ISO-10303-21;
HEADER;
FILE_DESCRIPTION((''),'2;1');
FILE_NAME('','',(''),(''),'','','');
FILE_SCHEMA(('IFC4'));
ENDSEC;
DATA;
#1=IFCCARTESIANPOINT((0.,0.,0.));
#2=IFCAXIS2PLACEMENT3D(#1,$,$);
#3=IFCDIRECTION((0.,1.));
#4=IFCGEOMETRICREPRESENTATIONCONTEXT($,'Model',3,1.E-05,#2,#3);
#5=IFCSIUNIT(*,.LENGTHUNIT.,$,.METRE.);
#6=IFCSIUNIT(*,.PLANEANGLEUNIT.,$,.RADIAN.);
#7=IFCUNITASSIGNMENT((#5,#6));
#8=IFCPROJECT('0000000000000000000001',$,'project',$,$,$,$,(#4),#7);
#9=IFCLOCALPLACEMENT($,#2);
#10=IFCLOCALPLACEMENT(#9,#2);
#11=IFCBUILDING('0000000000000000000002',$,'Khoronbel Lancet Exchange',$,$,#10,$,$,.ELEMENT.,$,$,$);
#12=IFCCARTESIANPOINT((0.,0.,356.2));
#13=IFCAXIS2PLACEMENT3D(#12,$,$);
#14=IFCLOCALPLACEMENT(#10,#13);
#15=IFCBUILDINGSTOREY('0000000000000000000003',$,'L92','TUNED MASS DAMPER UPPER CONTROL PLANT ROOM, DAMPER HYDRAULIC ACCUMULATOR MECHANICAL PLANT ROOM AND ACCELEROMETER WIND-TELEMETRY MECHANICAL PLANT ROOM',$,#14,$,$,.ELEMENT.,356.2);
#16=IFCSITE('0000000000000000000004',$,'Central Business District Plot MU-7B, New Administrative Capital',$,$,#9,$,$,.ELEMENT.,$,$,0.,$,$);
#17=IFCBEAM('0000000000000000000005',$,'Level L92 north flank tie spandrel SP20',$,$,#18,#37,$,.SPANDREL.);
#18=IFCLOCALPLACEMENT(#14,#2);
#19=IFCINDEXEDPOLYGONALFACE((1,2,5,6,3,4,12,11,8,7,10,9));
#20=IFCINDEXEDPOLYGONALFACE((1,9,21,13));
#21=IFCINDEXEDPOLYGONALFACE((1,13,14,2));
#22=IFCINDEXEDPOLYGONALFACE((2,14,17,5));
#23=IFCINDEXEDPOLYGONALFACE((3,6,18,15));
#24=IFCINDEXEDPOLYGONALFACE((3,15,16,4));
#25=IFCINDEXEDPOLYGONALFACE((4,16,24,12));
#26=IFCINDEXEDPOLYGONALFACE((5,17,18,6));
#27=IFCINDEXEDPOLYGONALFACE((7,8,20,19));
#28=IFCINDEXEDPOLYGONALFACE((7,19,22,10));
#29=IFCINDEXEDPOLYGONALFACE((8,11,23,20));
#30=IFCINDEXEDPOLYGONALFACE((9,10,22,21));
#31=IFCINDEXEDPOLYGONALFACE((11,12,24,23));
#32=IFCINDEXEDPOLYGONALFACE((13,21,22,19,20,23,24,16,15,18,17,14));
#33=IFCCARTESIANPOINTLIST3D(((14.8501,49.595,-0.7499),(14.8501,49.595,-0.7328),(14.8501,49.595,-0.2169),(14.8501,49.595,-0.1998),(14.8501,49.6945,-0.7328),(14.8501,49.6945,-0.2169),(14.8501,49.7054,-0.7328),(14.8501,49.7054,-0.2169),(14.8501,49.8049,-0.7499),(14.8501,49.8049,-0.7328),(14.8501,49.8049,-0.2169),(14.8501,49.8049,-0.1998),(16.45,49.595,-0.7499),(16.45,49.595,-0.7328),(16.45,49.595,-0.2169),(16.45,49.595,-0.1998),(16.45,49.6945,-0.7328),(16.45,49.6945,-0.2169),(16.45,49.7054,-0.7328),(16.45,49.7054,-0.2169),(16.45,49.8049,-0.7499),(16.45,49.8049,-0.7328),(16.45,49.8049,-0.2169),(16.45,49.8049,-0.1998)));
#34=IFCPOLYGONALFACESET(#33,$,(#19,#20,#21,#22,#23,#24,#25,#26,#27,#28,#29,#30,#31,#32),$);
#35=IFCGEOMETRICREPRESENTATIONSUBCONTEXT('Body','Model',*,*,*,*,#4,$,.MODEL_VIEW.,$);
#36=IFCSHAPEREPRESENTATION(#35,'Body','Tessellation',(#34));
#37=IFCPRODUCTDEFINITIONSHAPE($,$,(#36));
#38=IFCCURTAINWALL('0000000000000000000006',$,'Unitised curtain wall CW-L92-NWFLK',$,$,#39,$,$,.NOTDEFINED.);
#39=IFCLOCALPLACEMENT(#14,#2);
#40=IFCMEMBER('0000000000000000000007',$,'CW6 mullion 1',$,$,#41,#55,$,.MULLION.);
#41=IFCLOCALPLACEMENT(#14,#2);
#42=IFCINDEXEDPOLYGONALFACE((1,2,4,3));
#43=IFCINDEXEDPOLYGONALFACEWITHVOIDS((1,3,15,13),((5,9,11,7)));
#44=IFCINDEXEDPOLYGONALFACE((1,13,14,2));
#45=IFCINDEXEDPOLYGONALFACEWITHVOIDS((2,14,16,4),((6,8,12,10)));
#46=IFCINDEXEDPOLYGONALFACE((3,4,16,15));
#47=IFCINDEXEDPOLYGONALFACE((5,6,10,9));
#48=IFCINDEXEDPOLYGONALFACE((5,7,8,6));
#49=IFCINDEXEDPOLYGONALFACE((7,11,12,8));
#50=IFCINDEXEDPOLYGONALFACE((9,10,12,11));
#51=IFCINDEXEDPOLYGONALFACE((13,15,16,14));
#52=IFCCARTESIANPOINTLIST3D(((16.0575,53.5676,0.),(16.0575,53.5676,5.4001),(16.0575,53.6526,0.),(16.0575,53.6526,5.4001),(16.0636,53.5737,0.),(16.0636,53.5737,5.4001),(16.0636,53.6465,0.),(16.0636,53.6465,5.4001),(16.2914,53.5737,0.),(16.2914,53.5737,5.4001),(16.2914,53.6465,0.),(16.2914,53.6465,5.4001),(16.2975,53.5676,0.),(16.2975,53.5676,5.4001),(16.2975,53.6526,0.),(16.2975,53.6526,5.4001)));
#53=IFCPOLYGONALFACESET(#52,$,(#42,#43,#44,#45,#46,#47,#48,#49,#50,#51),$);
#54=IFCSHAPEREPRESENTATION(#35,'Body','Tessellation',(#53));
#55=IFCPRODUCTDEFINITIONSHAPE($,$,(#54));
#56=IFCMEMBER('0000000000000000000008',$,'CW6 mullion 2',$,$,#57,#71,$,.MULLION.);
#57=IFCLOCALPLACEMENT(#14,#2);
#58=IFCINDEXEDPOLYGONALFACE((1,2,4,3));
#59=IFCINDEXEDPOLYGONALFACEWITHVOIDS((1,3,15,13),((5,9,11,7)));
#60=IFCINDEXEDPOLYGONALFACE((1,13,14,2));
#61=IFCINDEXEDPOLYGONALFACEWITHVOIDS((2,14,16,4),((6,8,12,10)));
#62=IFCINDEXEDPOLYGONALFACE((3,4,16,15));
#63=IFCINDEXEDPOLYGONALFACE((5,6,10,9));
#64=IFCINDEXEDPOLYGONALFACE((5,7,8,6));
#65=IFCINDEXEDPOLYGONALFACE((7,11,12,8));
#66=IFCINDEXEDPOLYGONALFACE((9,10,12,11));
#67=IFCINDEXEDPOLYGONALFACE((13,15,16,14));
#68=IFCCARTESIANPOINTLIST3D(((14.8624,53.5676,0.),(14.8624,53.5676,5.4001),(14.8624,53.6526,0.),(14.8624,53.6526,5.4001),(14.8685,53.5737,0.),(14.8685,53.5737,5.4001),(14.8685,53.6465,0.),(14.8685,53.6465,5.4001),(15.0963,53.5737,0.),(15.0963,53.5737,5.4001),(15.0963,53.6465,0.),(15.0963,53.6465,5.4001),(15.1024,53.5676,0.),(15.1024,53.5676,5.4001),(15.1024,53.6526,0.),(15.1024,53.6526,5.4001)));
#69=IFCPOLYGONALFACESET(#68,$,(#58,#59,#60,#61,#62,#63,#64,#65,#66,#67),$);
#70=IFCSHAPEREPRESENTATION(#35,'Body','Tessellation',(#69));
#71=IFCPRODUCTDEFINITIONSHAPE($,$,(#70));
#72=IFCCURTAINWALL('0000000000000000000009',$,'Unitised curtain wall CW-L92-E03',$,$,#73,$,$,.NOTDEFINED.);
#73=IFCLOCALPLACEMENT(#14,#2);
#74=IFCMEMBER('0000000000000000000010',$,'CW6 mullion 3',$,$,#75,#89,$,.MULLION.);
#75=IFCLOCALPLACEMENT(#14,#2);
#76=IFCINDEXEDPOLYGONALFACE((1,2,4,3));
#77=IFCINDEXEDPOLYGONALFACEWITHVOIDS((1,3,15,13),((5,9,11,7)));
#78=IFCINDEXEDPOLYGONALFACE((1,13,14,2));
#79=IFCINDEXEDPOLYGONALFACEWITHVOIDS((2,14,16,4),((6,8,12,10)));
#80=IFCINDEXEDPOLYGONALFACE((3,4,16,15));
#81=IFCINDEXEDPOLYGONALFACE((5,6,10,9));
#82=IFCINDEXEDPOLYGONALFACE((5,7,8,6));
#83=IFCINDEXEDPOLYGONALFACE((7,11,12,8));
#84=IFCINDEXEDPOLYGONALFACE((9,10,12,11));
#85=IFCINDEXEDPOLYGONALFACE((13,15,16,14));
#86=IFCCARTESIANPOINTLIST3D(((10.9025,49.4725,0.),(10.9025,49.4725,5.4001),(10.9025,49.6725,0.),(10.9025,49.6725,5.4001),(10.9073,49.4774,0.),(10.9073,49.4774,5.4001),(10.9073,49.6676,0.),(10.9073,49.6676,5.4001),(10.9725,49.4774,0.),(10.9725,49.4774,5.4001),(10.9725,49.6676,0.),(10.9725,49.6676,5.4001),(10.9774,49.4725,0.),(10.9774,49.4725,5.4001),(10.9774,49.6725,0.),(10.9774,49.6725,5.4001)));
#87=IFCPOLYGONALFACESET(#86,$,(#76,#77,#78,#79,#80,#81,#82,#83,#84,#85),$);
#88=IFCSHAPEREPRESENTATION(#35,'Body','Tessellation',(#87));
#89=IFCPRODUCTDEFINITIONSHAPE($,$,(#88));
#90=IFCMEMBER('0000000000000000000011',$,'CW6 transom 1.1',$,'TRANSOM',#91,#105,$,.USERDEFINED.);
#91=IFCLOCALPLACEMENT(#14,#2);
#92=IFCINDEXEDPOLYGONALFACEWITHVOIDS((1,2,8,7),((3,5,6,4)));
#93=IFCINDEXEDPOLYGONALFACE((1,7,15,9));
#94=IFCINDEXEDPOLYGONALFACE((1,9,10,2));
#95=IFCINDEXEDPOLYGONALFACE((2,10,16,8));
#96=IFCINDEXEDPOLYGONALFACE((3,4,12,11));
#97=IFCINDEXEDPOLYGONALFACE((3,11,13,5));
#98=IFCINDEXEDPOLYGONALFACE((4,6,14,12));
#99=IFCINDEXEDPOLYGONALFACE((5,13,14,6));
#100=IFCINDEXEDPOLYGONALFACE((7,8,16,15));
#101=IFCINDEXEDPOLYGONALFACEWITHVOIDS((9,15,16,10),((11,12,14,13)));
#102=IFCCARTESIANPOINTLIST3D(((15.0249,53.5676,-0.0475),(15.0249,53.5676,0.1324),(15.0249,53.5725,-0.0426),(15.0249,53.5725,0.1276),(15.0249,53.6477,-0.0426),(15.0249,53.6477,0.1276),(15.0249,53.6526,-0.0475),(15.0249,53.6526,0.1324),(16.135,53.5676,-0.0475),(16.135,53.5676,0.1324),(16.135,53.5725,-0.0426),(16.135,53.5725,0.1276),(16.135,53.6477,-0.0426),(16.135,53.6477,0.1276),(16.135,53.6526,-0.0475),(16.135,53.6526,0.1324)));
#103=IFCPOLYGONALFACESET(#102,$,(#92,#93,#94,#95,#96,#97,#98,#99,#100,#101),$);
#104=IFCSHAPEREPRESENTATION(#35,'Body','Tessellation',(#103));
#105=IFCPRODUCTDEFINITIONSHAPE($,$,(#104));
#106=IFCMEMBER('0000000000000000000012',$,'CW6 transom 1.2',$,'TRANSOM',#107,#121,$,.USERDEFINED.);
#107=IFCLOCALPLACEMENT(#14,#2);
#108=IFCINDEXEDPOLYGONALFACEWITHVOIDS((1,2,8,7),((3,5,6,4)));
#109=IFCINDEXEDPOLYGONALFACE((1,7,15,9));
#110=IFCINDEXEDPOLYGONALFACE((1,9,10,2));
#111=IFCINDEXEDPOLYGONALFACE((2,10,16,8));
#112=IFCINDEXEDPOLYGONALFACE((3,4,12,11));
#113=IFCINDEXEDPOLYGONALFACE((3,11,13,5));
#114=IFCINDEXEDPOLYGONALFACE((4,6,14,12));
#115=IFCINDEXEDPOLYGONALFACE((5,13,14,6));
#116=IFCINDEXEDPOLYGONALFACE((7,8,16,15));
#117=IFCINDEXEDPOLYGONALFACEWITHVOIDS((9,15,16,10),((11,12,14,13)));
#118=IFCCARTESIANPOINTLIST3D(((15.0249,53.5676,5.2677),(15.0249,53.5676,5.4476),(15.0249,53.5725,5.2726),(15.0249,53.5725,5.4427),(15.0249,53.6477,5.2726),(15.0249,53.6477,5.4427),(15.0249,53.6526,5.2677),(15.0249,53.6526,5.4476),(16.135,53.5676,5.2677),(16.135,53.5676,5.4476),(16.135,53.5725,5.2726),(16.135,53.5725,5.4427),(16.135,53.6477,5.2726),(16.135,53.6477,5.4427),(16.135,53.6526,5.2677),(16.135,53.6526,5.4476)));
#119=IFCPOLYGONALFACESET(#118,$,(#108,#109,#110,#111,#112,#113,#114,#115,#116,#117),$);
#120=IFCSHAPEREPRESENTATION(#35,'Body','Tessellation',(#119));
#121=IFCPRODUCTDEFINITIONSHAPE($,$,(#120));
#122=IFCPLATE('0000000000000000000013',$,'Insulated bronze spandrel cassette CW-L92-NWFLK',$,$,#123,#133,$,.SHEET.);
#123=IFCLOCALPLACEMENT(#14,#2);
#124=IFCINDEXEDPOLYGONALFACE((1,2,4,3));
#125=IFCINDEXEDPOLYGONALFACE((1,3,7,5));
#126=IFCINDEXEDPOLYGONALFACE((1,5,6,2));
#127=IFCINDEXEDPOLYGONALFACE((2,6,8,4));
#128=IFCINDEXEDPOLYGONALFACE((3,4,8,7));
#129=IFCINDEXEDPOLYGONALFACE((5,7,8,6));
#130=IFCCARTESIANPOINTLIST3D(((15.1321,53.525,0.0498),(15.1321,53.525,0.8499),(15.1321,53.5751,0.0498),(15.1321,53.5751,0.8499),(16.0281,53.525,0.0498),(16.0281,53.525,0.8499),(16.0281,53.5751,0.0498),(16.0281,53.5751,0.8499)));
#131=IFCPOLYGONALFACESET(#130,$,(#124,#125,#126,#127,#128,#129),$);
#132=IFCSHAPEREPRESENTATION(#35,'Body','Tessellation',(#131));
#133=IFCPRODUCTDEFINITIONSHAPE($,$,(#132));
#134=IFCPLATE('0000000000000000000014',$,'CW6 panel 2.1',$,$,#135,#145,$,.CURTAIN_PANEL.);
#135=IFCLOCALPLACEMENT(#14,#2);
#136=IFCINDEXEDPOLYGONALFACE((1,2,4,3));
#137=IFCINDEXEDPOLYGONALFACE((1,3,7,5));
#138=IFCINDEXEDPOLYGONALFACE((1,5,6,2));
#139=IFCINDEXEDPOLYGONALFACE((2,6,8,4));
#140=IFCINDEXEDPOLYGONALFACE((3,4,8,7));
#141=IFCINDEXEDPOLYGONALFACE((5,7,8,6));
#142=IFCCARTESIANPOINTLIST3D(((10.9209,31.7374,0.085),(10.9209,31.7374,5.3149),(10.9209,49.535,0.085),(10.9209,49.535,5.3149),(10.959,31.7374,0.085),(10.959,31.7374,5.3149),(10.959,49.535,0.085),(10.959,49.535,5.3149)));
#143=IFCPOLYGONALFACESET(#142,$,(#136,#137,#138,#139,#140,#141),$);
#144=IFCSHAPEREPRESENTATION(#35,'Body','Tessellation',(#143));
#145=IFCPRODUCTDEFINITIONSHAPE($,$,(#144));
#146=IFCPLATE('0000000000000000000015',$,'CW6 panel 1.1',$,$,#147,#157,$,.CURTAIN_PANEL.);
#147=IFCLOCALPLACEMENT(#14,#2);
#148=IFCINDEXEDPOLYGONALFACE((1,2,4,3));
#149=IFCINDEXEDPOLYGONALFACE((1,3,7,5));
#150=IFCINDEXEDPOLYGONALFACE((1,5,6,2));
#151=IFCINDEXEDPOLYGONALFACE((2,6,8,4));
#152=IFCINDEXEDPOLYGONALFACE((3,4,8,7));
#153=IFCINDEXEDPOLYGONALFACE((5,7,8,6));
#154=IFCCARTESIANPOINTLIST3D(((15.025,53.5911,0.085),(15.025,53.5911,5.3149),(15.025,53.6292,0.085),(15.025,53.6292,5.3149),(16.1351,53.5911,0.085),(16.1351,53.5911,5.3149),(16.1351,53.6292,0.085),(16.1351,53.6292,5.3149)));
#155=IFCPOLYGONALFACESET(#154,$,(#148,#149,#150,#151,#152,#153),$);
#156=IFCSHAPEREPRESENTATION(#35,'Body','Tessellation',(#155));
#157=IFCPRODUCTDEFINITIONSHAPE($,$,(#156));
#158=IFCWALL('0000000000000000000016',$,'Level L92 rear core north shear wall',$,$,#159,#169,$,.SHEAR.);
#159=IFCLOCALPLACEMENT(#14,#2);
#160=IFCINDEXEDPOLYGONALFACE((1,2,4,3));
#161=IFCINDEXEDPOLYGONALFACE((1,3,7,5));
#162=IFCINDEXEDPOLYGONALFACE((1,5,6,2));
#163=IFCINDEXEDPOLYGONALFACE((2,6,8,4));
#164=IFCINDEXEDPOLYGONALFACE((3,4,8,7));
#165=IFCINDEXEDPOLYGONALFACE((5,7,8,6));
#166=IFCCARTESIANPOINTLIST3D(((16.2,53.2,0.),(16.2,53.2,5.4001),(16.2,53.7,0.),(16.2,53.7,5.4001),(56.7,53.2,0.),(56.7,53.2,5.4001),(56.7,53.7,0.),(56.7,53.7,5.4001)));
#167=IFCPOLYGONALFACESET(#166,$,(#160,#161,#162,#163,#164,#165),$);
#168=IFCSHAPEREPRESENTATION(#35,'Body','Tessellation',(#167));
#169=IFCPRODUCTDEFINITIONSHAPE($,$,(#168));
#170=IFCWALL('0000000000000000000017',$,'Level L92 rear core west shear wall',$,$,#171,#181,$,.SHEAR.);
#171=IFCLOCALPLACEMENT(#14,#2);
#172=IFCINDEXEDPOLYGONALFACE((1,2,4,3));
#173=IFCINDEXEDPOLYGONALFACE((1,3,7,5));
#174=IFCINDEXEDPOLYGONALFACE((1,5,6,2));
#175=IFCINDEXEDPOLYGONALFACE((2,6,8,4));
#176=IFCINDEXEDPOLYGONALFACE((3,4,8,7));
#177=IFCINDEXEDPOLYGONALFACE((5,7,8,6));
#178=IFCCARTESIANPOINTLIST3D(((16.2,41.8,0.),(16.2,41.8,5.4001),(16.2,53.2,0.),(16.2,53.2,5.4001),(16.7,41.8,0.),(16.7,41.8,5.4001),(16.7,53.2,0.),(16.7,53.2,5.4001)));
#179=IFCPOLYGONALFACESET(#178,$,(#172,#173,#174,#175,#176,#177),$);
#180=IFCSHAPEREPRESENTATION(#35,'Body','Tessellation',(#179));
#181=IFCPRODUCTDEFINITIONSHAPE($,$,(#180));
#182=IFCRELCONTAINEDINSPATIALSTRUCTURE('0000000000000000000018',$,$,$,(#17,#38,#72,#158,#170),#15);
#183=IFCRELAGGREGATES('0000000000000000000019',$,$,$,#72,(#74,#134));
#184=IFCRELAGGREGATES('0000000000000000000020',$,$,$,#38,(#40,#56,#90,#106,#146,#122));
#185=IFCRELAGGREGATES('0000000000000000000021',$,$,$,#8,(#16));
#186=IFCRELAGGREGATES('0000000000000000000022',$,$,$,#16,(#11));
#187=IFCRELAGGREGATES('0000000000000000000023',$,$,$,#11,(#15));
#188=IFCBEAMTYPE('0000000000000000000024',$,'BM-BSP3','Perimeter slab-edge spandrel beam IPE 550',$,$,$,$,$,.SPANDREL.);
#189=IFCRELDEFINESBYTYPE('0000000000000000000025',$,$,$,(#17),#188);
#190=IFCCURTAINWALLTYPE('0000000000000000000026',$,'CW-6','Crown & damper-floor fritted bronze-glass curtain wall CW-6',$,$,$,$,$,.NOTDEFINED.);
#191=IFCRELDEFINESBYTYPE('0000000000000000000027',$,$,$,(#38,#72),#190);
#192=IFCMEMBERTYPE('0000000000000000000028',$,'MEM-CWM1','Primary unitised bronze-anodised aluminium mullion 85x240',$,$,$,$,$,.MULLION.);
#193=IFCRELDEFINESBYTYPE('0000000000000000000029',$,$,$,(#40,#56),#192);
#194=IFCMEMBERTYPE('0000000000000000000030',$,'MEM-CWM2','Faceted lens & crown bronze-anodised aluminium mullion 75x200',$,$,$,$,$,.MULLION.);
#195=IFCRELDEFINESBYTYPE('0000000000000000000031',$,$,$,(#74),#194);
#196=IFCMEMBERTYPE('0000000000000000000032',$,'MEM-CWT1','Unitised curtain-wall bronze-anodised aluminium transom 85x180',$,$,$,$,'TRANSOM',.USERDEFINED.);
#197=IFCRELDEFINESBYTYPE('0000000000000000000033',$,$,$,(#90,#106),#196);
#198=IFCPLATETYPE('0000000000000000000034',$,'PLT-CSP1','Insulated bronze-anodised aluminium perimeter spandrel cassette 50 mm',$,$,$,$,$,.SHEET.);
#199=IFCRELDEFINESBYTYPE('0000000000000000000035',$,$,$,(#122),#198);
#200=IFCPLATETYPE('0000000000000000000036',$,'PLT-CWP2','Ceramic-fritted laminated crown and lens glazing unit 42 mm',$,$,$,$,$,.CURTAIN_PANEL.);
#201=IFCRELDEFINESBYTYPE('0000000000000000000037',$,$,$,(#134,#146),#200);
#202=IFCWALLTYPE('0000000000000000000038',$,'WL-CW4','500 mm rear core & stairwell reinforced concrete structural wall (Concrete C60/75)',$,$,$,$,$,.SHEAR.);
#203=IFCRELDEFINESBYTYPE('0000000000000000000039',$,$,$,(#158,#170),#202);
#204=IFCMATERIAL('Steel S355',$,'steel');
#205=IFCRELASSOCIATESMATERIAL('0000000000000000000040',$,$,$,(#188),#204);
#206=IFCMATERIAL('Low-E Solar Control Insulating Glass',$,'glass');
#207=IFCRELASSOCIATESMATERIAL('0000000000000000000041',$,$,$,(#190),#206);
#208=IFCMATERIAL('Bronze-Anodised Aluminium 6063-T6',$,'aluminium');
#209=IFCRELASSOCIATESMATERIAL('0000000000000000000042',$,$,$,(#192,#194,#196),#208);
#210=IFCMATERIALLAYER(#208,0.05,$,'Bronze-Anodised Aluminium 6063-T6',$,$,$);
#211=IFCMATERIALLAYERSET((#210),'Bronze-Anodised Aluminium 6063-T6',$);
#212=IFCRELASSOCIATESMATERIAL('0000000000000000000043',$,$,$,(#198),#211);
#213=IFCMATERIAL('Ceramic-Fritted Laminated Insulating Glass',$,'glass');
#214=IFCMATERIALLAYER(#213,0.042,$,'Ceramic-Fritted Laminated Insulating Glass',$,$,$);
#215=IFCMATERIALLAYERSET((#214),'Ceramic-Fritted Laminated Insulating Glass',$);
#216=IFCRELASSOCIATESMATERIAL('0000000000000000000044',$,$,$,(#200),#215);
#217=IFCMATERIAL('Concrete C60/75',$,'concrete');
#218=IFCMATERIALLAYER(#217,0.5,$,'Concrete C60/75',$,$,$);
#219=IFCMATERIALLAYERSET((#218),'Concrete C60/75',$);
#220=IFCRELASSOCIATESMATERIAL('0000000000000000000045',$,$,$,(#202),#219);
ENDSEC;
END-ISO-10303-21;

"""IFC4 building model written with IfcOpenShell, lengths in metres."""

from ifc_helpers import new_model, si_unit, direction, frame, frame_2d, origin, origin_2d, place, context, subcontext, project, spatial, rectangle, hollow_rectangle, i_section, extrude, material, layer, layer_set, material_profile, profile_set, type_object, element, aggregate, save


model = new_model("IFC4")

# Units and contexts
model_context = context("Model", 3, precision=1e-05, world=origin(), true_north=direction((0.0, 1.0)))
body_context = subcontext(model_context, "Body", "Model", "MODEL_VIEW")
ifc_project = project(units=[si_unit("LENGTHUNIT", "METRE"), si_unit("PLANEANGLEUNIT", "RADIAN")], contexts=[model_context])

# Site, building, storey
site_placement = place(None, origin())
site = spatial("IfcSite", under=ifc_project, at=site_placement, Name="Central Business District Plot MU-7B, New Administrative Capital", CompositionType="ELEMENT", RefElevation=0.0)
building_placement = place(site_placement, origin())
building = spatial("IfcBuilding", under=site, at=building_placement, Name="Khoronbel Lancet Exchange", CompositionType="ELEMENT")
storey_placement = place(building_placement, frame((0.0, 0.0, 356.2)))
storey = spatial("IfcBuildingStorey", under=building, at=storey_placement, Name="L92", Description="TUNED MASS DAMPER UPPER CONTROL PLANT ROOM, DAMPER HYDRAULIC ACCUMULATOR MECHANICAL PLANT ROOM AND ACCELEROMETER WIND-TELEMETRY MECHANICAL PLANT ROOM", CompositionType="ELEMENT", Elevation=356.2)

# Shared definitions
ifc_material_1 = material(Name="Steel S355", Category="steel")

# Beam
ifc_material_profile_1 = material_profile(ifc_material_1, i_section(OverallWidth=0.21, OverallDepth=0.55, WebThickness=0.011, FlangeThickness=0.0171, at=origin_2d()), Name="IPE 550")
ifc_profile_set_1 = profile_set([ifc_material_profile_1], Name="Steel S355")
beam_type_1 = type_object("IfcBeamType", Name="BM-BSP3", Description="Perimeter slab-edge spandrel beam IPE 550", PredefinedType="SPANDREL", material=ifc_profile_set_1)
beam_1_placement = place(storey_placement, frame((14.8501, 49.7, -0.4749), z_axis=(1.0, 0.0, 0.0), x_axis=(0.0, 1.0, 0.0)))
element("IfcBeam", 1, at=beam_1_placement, inside=storey, type_object=beam_type_1, Name="Level L92 north flank tie spandrel SP20", PredefinedType="SPANDREL", context=body_context, shape_type="SweptSolid", body=[
    extrude(i_section(OverallWidth=0.21, OverallDepth=0.55, WebThickness=0.011, FlangeThickness=0.0171, at=origin_2d()), origin(), (0.0, 0.0, 1.0), 1.5999),
])

# Curtain wall, members
ifc_material_2 = material(Name="Low-E Solar Control Insulating Glass", Category="glass")
curtain_wall_type = type_object("IfcCurtainWallType", Name="CW-6", Description="Crown & damper-floor fritted bronze-glass curtain wall CW-6", PredefinedType="NOTDEFINED", material=ifc_material_2)
curtain_wall_1_placement = place(storey_placement, origin())
curtain_wall_1 = element("IfcCurtainWall", 2, at=curtain_wall_1_placement, inside=storey, type_object=curtain_wall_type, Name="Unitised curtain wall CW-L92-NWFLK", PredefinedType="NOTDEFINED")
ifc_material_3 = material(Name="Bronze-Anodised Aluminium 6063-T6", Category="aluminium")
ifc_material_profile_2 = material_profile(ifc_material_3, hollow_rectangle(XDim=0.085, YDim=0.24, WallThickness=0.0061, at=origin_2d()), Name="ALU MULLION 85x240")
ifc_profile_set_2 = profile_set([ifc_material_profile_2], Name="Bronze-Anodised Aluminium 6063-T6")
member_type_1 = type_object("IfcMemberType", Name="MEM-CWM1", Description="Primary unitised bronze-anodised aluminium mullion 85x240", PredefinedType="MULLION", material=ifc_profile_set_2)
member_1_placement = place(storey_placement, frame((16.1775, 53.6101, 0.0), z_axis=(0.0, 0.0, 1.0), x_axis=(0.0, -1.0, 0.0)))
member_1 = element("IfcMember", 3, at=member_1_placement, type_object=member_type_1, Name="CW6 mullion 1", PredefinedType="MULLION", context=body_context, shape_type="SweptSolid", body=[
    extrude(hollow_rectangle(XDim=0.085, YDim=0.24, WallThickness=0.0061, at=origin_2d()), origin(), (0.0, 0.0, 1.0), 5.4001),
])
member_2_placement = place(storey_placement, frame((14.9824, 53.6101, 0.0), z_axis=(0.0, 0.0, 1.0), x_axis=(0.0, -1.0, 0.0)))
member_2 = element("IfcMember", 4, at=member_2_placement, type_object=member_type_1, Name="CW6 mullion 2", PredefinedType="MULLION", context=body_context, shape_type="SweptSolid", body=[
    extrude(hollow_rectangle(XDim=0.085, YDim=0.24, WallThickness=0.0061, at=origin_2d()), origin(), (0.0, 0.0, 1.0), 5.4001),
])

# Curtain wall, member
curtain_wall_2_placement = place(storey_placement, origin())
curtain_wall_2 = element("IfcCurtainWall", 5, at=curtain_wall_2_placement, inside=storey, type_object=curtain_wall_type, Name="Unitised curtain wall CW-L92-E03", PredefinedType="NOTDEFINED")
ifc_material_profile_3 = material_profile(ifc_material_3, hollow_rectangle(XDim=0.075, YDim=0.2, WallThickness=0.0049, at=origin_2d()), Name="ALU MULLION 75x200")
ifc_profile_set_3 = profile_set([ifc_material_profile_3], Name="Bronze-Anodised Aluminium 6063-T6")
member_type_2 = type_object("IfcMemberType", Name="MEM-CWM2", Description="Faceted lens & crown bronze-anodised aluminium mullion 75x200", PredefinedType="MULLION", material=ifc_profile_set_3)
member_3_placement = place(storey_placement, frame((10.9399, 49.5725, 0.0), z_axis=(0.0, 0.0, 1.0), x_axis=(-1.0, 0.0, 0.0)))
member_3 = element("IfcMember", 6, at=member_3_placement, type_object=member_type_2, Name="CW6 mullion 3", PredefinedType="MULLION", context=body_context, shape_type="SweptSolid", body=[
    extrude(hollow_rectangle(XDim=0.075, YDim=0.2, WallThickness=0.0049, at=origin_2d()), origin(), (0.0, 0.0, 1.0), 5.4001),
])

# Members
ifc_material_profile_4 = material_profile(ifc_material_3, hollow_rectangle(XDim=0.085, YDim=0.1799, WallThickness=0.0049, at=origin_2d()), Name="ALU TRANSOM 85x180")
ifc_profile_set_4 = profile_set([ifc_material_profile_4], Name="Bronze-Anodised Aluminium 6063-T6")
member_type_3 = type_object("IfcMemberType", Name="MEM-CWT1", Description="Unitised curtain-wall bronze-anodised aluminium transom 85x180", ElementType="TRANSOM", PredefinedType="USERDEFINED", material=ifc_profile_set_4)
member_4_placement = place(storey_placement, frame((16.135, 53.6101, 0.0425), z_axis=(-1.0, 0.0, 0.0), x_axis=(0.0, -1.0, 0.0)))
member_4 = element("IfcMember", 7, at=member_4_placement, type_object=member_type_3, Name="CW6 transom 1.1", ObjectType="TRANSOM", PredefinedType="USERDEFINED", context=body_context, shape_type="SweptSolid", body=[
    extrude(hollow_rectangle(XDim=0.085, YDim=0.1799, WallThickness=0.0049, at=origin_2d()), origin(), (0.0, 0.0, 1.0), 1.1101),
])
member_5_placement = place(storey_placement, frame((16.135, 53.6101, 5.3577), z_axis=(-1.0, 0.0, 0.0), x_axis=(0.0, -1.0, 0.0)))
member_5 = element("IfcMember", 8, at=member_5_placement, type_object=member_type_3, Name="CW6 transom 1.2", ObjectType="TRANSOM", PredefinedType="USERDEFINED", context=body_context, shape_type="SweptSolid", body=[
    extrude(hollow_rectangle(XDim=0.085, YDim=0.1799, WallThickness=0.0049, at=origin_2d()), origin(), (0.0, 0.0, 1.0), 1.1101),
])

# Plates
ifc_layer_1 = layer(ifc_material_3, 0.05, Name="Bronze-Anodised Aluminium 6063-T6")
ifc_layer_set_1 = layer_set([ifc_layer_1], Name="Bronze-Anodised Aluminium 6063-T6")
plate_type_1 = type_object("IfcPlateType", Name="PLT-CSP1", Description="Insulated bronze-anodised aluminium perimeter spandrel cassette 50 mm", PredefinedType="SHEET", material=ifc_layer_set_1)
plate_1_placement = place(storey_placement, frame((15.5801, 53.55, 0.0498), z_axis=(0.0, 0.0, 1.0), x_axis=(-1.0, 0.0, 0.0)))
plate_1 = element("IfcPlate", 9, at=plate_1_placement, type_object=plate_type_1, Name="Insulated bronze spandrel cassette CW-L92-NWFLK", PredefinedType="SHEET", context=body_context, shape_type="SweptSolid", body=[
    extrude(rectangle(XDim=0.896, YDim=0.05, at=origin_2d()), origin(), (0.0, 0.0, 1.0), 0.8),
])
ifc_material_4 = material(Name="Ceramic-Fritted Laminated Insulating Glass", Category="glass")
ifc_layer_2 = layer(ifc_material_4, 0.042, Name="Ceramic-Fritted Laminated Insulating Glass")
ifc_layer_set_2 = layer_set([ifc_layer_2], Name="Ceramic-Fritted Laminated Insulating Glass")
plate_type_2 = type_object("IfcPlateType", Name="PLT-CWP2", Description="Ceramic-fritted laminated crown and lens glazing unit 42 mm", PredefinedType="CURTAIN_PANEL", material=ifc_layer_set_2)
plate_2_placement = place(storey_placement, frame((10.9399, 40.6362, 0.085), z_axis=(0.0, 0.0, 1.0), x_axis=(0.0, 1.0, 0.0)))
plate_2 = element("IfcPlate", 10, at=plate_2_placement, type_object=plate_type_2, Name="CW6 panel 2.1", PredefinedType="CURTAIN_PANEL", context=body_context, shape_type="SweptSolid", body=[
    extrude(rectangle(XDim=17.7976, YDim=0.0381, at=origin_2d()), origin(), (0.0, 0.0, 1.0), 5.23),
])
aggregate(curtain_wall_2, [member_3, plate_2])
plate_3_placement = place(storey_placement, frame((15.5801, 53.6101, 0.085), z_axis=(0.0, 0.0, 1.0), x_axis=(-1.0, 0.0, 0.0)))
plate_3 = element("IfcPlate", 11, at=plate_3_placement, type_object=plate_type_2, Name="CW6 panel 1.1", PredefinedType="CURTAIN_PANEL", context=body_context, shape_type="SweptSolid", body=[
    extrude(rectangle(XDim=1.1101, YDim=0.0381, at=origin_2d()), origin(), (0.0, 0.0, 1.0), 5.23),
])
aggregate(curtain_wall_1, [member_1, member_2, member_4, member_5, plate_3, plate_1])

# Walls
ifc_material_5 = material(Name="Concrete C60/75", Category="concrete")
ifc_layer_3 = layer(ifc_material_5, 0.5, Name="Concrete C60/75")
ifc_layer_set_3 = layer_set([ifc_layer_3], Name="Concrete C60/75")
wall_type_1 = type_object("IfcWallType", Name="WL-CW4", Description="500 mm rear core & stairwell reinforced concrete structural wall (Concrete C60/75)", PredefinedType="SHEAR", material=ifc_layer_set_3)
wall_1_placement = place(storey_placement, frame((16.2, 53.45, 0.0), z_axis=(0.0, 0.0, 1.0), x_axis=(1.0, 0.0, 0.0)))
element("IfcWall", 12, at=wall_1_placement, inside=storey, type_object=wall_type_1, Name="Level L92 rear core north shear wall", PredefinedType="SHEAR", context=body_context, shape_type="SweptSolid", body=[
    extrude(rectangle(XDim=40.5, YDim=0.5, at=frame_2d((20.25, 0.0))), origin(), (0.0, 0.0, 1.0), 5.4001),
])
wall_2_placement = place(storey_placement, frame((16.45, 41.8, 0.0), z_axis=(0.0, 0.0, 1.0), x_axis=(0.0, 1.0, 0.0)))
element("IfcWall", 13, at=wall_2_placement, inside=storey, type_object=wall_type_1, Name="Level L92 rear core west shear wall", PredefinedType="SHEAR", context=body_context, shape_type="SweptSolid", body=[
    extrude(rectangle(XDim=11.3999, YDim=0.5, at=frame_2d((5.7, 0.0))), origin(), (0.0, 0.0, 1.0), 5.4001),
])

save(model, "model.ifc")
